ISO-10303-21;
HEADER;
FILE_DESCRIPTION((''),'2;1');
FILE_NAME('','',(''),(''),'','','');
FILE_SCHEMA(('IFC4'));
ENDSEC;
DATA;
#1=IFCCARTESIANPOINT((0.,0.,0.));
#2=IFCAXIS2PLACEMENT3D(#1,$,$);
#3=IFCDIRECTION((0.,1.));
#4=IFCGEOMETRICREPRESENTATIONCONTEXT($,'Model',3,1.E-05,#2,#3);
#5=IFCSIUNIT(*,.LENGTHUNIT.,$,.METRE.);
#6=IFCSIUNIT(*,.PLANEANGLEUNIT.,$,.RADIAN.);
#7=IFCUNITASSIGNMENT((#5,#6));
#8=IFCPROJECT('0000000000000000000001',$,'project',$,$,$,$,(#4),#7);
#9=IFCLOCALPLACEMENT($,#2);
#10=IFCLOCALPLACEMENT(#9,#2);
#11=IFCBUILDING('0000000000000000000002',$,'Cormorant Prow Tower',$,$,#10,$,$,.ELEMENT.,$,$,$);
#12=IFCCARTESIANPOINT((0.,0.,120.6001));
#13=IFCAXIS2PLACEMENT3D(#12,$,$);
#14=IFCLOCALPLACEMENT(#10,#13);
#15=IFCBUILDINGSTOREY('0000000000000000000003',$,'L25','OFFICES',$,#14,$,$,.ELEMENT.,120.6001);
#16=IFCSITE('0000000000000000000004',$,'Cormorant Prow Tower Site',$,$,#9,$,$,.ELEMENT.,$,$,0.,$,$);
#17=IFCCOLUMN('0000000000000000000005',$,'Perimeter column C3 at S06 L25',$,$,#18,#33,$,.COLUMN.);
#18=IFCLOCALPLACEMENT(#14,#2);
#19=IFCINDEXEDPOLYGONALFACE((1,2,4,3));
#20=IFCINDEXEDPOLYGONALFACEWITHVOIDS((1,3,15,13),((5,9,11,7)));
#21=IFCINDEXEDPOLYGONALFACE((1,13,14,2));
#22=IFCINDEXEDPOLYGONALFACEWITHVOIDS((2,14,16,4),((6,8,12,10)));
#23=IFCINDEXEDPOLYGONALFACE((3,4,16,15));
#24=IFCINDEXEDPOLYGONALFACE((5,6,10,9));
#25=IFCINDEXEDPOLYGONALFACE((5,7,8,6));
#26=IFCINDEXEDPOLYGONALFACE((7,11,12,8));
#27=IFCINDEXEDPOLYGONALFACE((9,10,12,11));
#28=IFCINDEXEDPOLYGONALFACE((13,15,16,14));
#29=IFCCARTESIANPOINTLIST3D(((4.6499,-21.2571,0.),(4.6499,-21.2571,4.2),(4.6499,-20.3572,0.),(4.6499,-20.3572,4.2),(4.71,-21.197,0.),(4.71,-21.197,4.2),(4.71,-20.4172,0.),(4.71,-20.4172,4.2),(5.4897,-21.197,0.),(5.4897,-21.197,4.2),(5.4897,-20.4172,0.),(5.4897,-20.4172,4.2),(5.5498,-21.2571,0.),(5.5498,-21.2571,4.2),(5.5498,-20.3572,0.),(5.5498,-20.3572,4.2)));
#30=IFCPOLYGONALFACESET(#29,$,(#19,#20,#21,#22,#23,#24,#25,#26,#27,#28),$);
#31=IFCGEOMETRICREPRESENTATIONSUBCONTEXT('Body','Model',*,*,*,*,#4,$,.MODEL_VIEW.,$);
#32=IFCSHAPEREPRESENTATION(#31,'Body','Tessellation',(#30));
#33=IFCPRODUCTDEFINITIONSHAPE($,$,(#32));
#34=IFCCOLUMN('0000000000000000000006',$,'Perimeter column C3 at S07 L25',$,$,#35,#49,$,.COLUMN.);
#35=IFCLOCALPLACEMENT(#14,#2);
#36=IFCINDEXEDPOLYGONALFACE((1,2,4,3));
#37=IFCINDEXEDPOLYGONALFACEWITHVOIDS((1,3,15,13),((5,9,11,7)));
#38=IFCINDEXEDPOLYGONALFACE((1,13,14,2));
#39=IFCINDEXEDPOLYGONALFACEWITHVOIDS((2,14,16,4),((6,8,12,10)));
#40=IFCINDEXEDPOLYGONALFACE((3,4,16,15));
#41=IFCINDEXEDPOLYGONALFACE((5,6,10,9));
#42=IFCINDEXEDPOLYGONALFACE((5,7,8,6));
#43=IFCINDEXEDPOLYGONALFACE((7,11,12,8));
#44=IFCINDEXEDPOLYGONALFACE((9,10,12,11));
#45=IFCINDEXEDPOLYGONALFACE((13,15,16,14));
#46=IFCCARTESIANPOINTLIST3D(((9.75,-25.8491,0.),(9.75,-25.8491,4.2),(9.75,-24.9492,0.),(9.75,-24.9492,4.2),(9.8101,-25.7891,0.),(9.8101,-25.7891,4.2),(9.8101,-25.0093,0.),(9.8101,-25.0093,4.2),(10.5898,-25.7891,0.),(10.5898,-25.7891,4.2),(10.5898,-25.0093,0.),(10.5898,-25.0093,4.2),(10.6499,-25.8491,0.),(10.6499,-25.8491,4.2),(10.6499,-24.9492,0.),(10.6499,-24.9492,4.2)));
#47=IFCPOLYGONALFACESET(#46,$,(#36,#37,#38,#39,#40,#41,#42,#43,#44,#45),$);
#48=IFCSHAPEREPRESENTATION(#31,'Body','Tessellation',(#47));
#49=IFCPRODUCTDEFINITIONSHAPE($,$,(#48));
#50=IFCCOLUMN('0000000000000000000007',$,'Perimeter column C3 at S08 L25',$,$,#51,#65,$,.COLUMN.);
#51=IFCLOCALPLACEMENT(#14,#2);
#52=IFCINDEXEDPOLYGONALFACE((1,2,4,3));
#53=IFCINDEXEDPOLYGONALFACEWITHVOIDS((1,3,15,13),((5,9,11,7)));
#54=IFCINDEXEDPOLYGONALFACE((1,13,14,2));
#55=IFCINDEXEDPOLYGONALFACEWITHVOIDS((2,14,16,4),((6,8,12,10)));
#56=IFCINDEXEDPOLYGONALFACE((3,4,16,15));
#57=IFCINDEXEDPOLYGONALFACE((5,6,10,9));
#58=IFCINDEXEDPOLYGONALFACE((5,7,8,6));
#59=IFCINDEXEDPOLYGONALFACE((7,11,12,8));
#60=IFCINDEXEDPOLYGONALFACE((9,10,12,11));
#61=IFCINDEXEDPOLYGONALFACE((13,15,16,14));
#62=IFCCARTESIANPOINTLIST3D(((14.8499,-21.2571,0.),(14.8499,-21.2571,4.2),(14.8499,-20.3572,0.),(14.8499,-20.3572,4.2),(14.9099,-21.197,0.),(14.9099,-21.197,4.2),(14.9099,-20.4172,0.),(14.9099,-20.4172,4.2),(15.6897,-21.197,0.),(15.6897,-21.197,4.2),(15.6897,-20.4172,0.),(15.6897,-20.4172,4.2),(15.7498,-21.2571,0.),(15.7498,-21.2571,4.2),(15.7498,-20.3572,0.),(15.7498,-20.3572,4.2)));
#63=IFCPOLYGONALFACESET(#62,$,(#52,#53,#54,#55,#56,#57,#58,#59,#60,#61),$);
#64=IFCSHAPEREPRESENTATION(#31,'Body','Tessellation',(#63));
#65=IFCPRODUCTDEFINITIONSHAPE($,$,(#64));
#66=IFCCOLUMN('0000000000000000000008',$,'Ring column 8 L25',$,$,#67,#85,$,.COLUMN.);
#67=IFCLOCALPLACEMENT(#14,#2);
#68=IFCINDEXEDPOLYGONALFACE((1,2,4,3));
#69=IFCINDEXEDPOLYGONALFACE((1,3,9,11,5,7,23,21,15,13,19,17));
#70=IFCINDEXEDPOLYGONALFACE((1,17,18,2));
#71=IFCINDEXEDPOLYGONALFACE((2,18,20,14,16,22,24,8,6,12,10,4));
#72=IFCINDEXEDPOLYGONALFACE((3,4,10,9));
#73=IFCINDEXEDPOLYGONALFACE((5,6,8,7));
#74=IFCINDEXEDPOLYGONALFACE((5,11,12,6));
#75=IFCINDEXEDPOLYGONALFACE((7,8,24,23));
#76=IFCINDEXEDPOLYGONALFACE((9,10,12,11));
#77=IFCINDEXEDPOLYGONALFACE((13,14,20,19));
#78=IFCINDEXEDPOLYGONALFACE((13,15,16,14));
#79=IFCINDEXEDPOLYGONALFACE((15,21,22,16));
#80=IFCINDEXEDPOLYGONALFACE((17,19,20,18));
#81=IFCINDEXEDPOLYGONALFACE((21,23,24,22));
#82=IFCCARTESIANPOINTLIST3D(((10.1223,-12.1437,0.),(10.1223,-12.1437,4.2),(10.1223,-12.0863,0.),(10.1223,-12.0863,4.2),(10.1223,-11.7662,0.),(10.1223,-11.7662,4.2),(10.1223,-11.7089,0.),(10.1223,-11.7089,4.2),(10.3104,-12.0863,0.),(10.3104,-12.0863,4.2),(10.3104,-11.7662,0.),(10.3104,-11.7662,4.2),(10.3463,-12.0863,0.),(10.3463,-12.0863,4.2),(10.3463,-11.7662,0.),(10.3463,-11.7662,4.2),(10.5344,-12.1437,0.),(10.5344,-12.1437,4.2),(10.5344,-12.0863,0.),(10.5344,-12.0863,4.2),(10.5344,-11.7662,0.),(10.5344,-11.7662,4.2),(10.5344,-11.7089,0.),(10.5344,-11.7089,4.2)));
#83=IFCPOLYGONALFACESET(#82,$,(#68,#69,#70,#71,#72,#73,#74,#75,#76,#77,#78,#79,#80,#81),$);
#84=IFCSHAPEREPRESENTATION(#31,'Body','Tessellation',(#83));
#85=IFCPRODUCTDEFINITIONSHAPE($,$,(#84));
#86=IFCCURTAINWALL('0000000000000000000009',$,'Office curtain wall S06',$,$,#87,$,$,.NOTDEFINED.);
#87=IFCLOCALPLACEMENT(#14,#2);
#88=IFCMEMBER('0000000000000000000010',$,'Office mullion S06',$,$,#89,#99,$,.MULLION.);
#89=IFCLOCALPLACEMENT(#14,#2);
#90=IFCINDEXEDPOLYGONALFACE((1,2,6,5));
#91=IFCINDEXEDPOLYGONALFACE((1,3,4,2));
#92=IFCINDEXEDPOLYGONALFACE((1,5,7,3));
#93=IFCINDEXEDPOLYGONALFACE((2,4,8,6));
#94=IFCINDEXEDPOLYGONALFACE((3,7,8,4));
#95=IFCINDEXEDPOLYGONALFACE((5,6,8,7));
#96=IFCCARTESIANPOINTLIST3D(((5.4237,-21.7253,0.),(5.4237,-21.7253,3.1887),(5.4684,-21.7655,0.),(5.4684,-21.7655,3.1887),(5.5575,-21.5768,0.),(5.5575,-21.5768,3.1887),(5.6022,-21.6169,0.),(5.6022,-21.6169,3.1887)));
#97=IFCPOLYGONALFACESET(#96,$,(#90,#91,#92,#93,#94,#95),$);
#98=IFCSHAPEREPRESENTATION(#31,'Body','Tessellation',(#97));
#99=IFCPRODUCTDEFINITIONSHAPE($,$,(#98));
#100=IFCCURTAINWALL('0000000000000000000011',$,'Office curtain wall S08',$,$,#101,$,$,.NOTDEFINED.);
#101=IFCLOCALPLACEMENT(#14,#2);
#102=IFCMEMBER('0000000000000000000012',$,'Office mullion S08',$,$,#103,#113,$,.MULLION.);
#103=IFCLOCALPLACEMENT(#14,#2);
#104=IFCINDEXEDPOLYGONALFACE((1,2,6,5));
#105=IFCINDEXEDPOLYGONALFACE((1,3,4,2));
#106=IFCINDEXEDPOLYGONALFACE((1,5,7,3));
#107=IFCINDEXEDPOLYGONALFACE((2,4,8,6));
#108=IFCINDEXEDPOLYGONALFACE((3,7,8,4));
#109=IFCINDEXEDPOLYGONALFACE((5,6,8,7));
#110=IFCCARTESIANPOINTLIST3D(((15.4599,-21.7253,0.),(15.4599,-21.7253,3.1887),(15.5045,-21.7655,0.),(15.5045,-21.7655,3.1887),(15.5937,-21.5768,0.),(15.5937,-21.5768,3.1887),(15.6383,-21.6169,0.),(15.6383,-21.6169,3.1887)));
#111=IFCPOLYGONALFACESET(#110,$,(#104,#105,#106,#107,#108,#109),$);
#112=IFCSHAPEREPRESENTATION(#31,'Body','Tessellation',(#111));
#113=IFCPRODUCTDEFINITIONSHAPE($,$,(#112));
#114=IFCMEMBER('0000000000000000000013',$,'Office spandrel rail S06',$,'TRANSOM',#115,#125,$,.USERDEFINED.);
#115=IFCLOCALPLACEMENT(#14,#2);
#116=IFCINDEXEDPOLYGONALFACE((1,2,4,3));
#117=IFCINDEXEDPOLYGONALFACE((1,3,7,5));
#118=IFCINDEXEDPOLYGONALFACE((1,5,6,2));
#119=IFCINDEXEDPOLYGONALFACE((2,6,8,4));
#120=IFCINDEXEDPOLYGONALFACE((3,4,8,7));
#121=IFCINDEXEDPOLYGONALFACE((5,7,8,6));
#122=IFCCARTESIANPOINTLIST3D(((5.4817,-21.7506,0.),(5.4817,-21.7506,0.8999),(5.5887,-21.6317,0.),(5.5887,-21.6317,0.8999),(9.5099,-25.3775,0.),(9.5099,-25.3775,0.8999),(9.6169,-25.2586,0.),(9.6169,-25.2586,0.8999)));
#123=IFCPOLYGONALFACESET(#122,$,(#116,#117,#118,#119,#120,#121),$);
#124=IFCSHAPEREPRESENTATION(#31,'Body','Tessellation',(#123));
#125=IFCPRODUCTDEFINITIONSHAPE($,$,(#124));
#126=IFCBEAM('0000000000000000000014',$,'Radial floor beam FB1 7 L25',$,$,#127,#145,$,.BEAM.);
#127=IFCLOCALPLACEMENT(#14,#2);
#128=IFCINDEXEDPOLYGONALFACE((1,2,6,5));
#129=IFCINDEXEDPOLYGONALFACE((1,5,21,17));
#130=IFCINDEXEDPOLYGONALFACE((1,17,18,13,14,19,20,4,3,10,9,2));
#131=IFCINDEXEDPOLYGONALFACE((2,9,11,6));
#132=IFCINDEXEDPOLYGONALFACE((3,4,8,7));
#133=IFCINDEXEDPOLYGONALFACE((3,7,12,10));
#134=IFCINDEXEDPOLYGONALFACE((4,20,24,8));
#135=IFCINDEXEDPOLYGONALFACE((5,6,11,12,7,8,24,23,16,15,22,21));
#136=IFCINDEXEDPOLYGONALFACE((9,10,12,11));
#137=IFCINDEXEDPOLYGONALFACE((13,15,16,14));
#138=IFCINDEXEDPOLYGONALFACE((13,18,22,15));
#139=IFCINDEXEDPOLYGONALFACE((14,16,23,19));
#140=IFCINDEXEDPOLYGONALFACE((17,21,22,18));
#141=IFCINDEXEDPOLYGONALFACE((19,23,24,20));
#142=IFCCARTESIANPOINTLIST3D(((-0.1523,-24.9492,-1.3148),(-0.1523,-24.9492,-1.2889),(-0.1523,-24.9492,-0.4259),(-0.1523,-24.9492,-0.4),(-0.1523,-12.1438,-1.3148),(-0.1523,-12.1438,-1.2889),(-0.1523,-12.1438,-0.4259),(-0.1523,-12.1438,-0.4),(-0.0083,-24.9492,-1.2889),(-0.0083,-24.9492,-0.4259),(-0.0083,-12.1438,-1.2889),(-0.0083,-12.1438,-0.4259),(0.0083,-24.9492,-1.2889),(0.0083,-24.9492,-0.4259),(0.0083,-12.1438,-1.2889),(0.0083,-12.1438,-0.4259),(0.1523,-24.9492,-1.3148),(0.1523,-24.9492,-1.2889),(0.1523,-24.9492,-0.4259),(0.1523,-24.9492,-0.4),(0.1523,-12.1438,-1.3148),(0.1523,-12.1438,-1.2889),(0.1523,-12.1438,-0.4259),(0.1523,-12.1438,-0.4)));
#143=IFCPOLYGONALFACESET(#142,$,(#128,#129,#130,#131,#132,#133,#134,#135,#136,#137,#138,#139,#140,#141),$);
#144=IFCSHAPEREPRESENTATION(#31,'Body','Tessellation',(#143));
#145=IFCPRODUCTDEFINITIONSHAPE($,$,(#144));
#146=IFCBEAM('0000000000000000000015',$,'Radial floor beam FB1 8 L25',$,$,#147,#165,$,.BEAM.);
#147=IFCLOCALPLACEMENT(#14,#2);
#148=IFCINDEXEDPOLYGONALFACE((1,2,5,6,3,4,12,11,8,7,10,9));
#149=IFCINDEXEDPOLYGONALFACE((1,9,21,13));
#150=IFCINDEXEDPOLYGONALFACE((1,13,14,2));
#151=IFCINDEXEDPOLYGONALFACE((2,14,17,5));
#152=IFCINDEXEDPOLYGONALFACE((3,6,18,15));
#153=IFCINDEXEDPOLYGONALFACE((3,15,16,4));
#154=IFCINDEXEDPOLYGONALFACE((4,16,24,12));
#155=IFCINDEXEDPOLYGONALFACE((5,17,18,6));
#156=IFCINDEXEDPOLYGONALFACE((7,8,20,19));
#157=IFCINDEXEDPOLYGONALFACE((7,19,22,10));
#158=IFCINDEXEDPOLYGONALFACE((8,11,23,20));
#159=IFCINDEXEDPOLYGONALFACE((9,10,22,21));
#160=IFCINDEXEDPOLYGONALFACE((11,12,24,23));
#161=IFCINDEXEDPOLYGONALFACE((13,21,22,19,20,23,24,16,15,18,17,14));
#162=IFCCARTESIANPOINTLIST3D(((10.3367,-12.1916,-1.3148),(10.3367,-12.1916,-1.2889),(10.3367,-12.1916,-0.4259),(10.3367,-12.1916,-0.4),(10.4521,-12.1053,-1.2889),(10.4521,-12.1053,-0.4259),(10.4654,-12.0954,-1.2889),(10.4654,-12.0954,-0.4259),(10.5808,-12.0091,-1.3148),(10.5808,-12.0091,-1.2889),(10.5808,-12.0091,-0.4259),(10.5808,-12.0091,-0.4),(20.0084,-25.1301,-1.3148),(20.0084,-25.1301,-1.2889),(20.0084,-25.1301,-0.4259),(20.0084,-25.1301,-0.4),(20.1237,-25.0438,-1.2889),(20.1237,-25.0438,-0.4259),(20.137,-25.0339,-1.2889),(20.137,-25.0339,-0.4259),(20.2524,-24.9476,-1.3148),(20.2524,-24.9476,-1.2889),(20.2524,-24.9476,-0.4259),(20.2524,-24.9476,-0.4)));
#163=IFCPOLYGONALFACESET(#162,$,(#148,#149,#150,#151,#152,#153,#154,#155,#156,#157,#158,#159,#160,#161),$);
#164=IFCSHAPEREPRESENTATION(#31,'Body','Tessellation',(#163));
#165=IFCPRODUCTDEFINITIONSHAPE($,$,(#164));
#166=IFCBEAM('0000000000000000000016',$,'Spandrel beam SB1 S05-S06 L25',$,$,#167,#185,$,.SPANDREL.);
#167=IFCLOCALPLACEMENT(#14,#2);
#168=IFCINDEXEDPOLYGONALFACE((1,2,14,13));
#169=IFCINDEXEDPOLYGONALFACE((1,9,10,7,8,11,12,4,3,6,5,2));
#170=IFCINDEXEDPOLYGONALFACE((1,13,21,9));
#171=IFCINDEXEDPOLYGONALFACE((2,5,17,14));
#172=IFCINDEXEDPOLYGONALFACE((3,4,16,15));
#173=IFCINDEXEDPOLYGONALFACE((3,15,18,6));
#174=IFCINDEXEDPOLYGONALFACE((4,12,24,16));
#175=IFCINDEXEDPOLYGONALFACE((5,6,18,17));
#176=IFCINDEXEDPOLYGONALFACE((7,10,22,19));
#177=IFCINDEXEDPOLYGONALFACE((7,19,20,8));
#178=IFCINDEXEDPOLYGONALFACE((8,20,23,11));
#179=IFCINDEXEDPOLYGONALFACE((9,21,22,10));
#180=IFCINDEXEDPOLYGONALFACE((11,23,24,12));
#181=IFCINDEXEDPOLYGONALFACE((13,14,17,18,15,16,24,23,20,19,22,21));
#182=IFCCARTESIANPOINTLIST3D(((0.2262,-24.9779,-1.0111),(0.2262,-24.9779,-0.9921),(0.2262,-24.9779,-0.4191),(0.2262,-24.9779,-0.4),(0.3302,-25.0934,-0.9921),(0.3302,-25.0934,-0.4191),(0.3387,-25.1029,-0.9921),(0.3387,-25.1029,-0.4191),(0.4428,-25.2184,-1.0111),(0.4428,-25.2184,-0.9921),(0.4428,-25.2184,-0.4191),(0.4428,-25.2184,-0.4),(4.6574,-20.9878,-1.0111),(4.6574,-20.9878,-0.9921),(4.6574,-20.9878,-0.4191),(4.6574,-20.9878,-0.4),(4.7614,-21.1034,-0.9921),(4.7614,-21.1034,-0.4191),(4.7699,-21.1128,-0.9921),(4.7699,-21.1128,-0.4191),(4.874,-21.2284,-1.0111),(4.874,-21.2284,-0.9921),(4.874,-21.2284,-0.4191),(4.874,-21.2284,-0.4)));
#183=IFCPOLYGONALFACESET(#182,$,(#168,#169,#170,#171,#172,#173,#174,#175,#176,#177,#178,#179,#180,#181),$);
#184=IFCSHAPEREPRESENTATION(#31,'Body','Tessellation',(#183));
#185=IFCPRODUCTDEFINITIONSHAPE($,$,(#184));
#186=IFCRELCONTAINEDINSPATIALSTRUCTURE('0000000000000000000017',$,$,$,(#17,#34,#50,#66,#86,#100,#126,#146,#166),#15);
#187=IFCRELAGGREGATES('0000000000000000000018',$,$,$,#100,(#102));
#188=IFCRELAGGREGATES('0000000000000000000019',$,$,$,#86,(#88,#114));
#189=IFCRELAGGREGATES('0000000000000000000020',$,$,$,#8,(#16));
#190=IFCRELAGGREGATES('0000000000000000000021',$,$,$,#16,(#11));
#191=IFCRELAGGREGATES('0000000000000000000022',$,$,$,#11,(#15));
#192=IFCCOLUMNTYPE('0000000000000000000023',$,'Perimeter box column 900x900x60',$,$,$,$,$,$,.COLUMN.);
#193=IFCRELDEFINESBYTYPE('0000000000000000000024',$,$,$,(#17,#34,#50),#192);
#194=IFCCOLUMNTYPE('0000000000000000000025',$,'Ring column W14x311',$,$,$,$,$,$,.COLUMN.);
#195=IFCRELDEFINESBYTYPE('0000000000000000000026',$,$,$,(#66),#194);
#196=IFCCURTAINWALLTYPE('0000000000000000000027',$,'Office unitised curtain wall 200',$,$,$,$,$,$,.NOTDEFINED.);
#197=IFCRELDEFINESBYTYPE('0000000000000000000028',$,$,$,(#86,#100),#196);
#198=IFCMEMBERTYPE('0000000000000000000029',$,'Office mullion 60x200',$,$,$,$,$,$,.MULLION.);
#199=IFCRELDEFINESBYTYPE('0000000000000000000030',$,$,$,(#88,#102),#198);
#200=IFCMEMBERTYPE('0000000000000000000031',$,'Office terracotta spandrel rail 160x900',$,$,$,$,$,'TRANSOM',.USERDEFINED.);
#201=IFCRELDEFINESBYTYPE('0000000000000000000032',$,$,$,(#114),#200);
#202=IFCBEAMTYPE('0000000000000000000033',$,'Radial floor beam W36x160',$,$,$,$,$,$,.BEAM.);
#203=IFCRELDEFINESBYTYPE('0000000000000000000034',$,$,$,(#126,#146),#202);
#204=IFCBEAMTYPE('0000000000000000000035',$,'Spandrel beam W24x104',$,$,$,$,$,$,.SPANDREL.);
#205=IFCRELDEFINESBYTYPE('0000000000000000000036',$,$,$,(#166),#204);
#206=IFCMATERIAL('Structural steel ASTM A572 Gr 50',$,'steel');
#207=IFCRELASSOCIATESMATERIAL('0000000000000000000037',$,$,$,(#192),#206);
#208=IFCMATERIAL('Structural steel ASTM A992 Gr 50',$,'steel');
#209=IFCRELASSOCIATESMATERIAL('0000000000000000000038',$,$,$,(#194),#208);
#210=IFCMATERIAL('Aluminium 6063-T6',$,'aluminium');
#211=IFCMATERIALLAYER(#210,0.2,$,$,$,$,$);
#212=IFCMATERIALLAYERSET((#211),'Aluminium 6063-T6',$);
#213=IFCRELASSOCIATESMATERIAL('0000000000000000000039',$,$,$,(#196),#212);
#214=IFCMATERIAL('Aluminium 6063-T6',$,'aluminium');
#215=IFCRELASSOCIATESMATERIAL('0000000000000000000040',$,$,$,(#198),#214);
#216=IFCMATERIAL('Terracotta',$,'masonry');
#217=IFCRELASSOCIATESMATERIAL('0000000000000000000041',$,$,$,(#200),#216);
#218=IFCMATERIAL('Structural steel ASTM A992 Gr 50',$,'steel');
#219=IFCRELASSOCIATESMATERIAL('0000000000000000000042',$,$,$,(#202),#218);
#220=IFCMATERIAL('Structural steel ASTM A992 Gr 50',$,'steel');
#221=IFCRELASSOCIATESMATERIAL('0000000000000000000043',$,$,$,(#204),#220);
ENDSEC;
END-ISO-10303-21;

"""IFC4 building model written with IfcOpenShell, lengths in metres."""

from ifc_helpers import new_model, si_unit, direction, frame, origin, origin_2d, place, context, subcontext, project, spatial, rectangle, hollow_rectangle, i_section, extrude, material, layer, layer_set, material_profile, profile_set, type_object, element, aggregate, save


model = new_model("IFC4")

# Units and contexts
model_context = context("Model", 3, precision=1e-05, world=origin(), true_north=direction((0.0, 1.0)))
body_context = subcontext(model_context, "Body", "Model", "MODEL_VIEW")
ifc_project = project(units=[si_unit("LENGTHUNIT", "METRE"), si_unit("PLANEANGLEUNIT", "RADIAN")], contexts=[model_context])

# Site, building, storey
site_placement = place(None, origin())
site = spatial("IfcSite", under=ifc_project, at=site_placement, Name="Cormorant Prow Tower Site", CompositionType="ELEMENT", RefElevation=0.0)
building_placement = place(site_placement, origin())
building = spatial("IfcBuilding", under=site, at=building_placement, Name="Cormorant Prow Tower", CompositionType="ELEMENT")
storey_placement = place(building_placement, frame((0.0, 0.0, 120.6001)))
storey = spatial("IfcBuildingStorey", under=building, at=storey_placement, Name="L25", Description="OFFICES", CompositionType="ELEMENT", Elevation=120.6001)

# Columns
ifc_material_1 = material(Name="Structural steel ASTM A572 Gr 50", Category="steel")
ifc_material_profile_1 = material_profile(ifc_material_1, hollow_rectangle(XDim=0.8999, YDim=0.8999, WallThickness=0.0601, at=origin_2d()), Name="Box 900x900x60")
ifc_profile_set_1 = profile_set([ifc_material_profile_1], Name="Structural steel ASTM A572 Gr 50")
column_type_1 = type_object("IfcColumnType", Name="Perimeter box column 900x900x60", PredefinedType="COLUMN", material=ifc_profile_set_1)
for number, where, z_axis, x_axis, name in (
    (1, (5.0999, -20.8071, 0.0), (0.0, 0.0, 1.0), (1.0, 0.0, 0.0), "Perimeter column C3 at S06 L25"),
    (2, (10.2, -25.3992, 0.0), (0.0, 0.0, 1.0), (1.0, 0.0, 0.0), "Perimeter column C3 at S07 L25"),
    (3, (15.2998, -20.8071, 0.0), (0.0, 0.0, 1.0), (1.0, 0.0, 0.0), "Perimeter column C3 at S08 L25"),
):
    element("IfcColumn", number, at=place(storey_placement, frame(where, z_axis=z_axis, x_axis=x_axis)), inside=storey, type_object=column_type_1, Name=name, PredefinedType="COLUMN", context=body_context, shape_type="SweptSolid", body=[
        extrude(hollow_rectangle(XDim=0.8999, YDim=0.8999, WallThickness=0.0601, at=origin_2d()), origin(), (0.0, 0.0, 1.0), 4.2),
    ])
ifc_material_2 = material(Name="Structural steel ASTM A992 Gr 50", Category="steel")
ifc_material_profile_2 = material_profile(ifc_material_2, i_section(OverallWidth=0.4121, OverallDepth=0.4348, WebThickness=0.0359, FlangeThickness=0.0574, at=origin_2d()), Name="W14x311")
ifc_profile_set_2 = profile_set([ifc_material_profile_2], Name="Structural steel ASTM A992 Gr 50")
column_type_2 = type_object("IfcColumnType", Name="Ring column W14x311", PredefinedType="COLUMN", material=ifc_profile_set_2)
column_placement = place(storey_placement, frame((10.3284, -11.9263, 0.0), z_axis=(0.0, 0.0, 1.0), x_axis=(1.0, 0.0, 0.0)))
element("IfcColumn", 4, at=column_placement, inside=storey, type_object=column_type_2, Name="Ring column 8 L25", PredefinedType="COLUMN", context=body_context, shape_type="SweptSolid", body=[
    extrude(i_section(OverallWidth=0.4121, OverallDepth=0.4348, WebThickness=0.0359, FlangeThickness=0.0574, at=origin_2d()), origin(), (0.0, 0.0, 1.0), 4.2),
])

# Curtain walls, members
ifc_material_3 = material(Name="Aluminium 6063-T6", Category="aluminium")
ifc_layer_1 = layer(ifc_material_3, 0.2)
ifc_layer_set_1 = layer_set([ifc_layer_1], Name="Aluminium 6063-T6")
curtain_wall_type = type_object("IfcCurtainWallType", Name="Office unitised curtain wall 200", PredefinedType="NOTDEFINED", material=ifc_layer_set_1)
curtain_wall_1_placement = place(storey_placement, origin())
curtain_wall_1 = element("IfcCurtainWall", 5, at=curtain_wall_1_placement, inside=storey, type_object=curtain_wall_type, Name="Office curtain wall S06", PredefinedType="NOTDEFINED")
ifc_material_4 = material(Name="Aluminium 6063-T6", Category="aluminium")
ifc_material_profile_3 = material_profile(ifc_material_4, rectangle(XDim=0.2, YDim=0.0601, at=origin_2d()), Name="Office mullion 60x200")
ifc_profile_set_3 = profile_set([ifc_material_profile_3], Name="Aluminium 6063-T6")
member_type_1 = type_object("IfcMemberType", Name="Office mullion 60x200", PredefinedType="MULLION", material=ifc_profile_set_3)
member_1_placement = place(storey_placement, frame((5.5129, -21.6711, 0.0), z_axis=(0.0, 0.0, 1.0), x_axis=(0.669131, 0.743145, 0.0)))
member_1 = element("IfcMember", 6, at=member_1_placement, type_object=member_type_1, Name="Office mullion S06", PredefinedType="MULLION", context=body_context, shape_type="SweptSolid", body=[
    extrude(rectangle(XDim=0.2, YDim=0.0601, at=origin_2d()), origin(), (0.0, 0.0, 1.0), 3.1887),
])
curtain_wall_2_placement = place(storey_placement, origin())
curtain_wall_2 = element("IfcCurtainWall", 7, at=curtain_wall_2_placement, inside=storey, type_object=curtain_wall_type, Name="Office curtain wall S08", PredefinedType="NOTDEFINED")
member_2_placement = place(storey_placement, frame((15.5491, -21.6711, 0.0), z_axis=(0.0, 0.0, 1.0), x_axis=(0.669131, 0.743145, 0.0)))
member_2 = element("IfcMember", 8, at=member_2_placement, type_object=member_type_1, Name="Office mullion S08", PredefinedType="MULLION", context=body_context, shape_type="SweptSolid", body=[
    extrude(rectangle(XDim=0.2, YDim=0.0601, at=origin_2d()), origin(), (0.0, 0.0, 1.0), 3.1887),
])
aggregate(curtain_wall_2, [member_2])

# Member
ifc_material_5 = material(Name="Terracotta", Category="masonry")
ifc_material_profile_4 = material_profile(ifc_material_5, rectangle(XDim=0.1599, YDim=0.8999, at=origin_2d()), Name="Office terracotta spandrel rail 160x900")
ifc_profile_set_4 = profile_set([ifc_material_profile_4], Name="Terracotta")
member_type_2 = type_object("IfcMemberType", Name="Office terracotta spandrel rail 160x900", ElementType="TRANSOM", PredefinedType="USERDEFINED", material=ifc_profile_set_4)
member_3_placement = place(storey_placement, frame((5.5352, -21.6912, 0.45), z_axis=(0.74316, -0.669114, 0.0), x_axis=(0.669114, 0.74316, 0.0)))
member_3 = element("IfcMember", 9, at=member_3_placement, type_object=member_type_2, Name="Office spandrel rail S06", ObjectType="TRANSOM", PredefinedType="USERDEFINED", context=body_context, shape_type="SweptSolid", body=[
    extrude(rectangle(XDim=0.1599, YDim=0.8999, at=origin_2d()), origin(), (0.0, 0.0, 1.0), 5.4204),
])

# Beams
ifc_material_6 = material(Name="Structural steel ASTM A992 Gr 50", Category="steel")
ifc_material_profile_5 = material_profile(ifc_material_6, i_section(OverallWidth=0.3047, OverallDepth=0.9148, WebThickness=0.0166, FlangeThickness=0.0259, at=origin_2d()), Name="W36x160")
ifc_profile_set_5 = profile_set([ifc_material_profile_5], Name="Structural steel ASTM A992 Gr 50")
beam_type_1 = type_object("IfcBeamType", Name="Radial floor beam W36x160", PredefinedType="BEAM", material=ifc_profile_set_5)
beam_1_placement = place(storey_placement, frame((0.0, -12.1438, -0.8574), z_axis=(0.0, -1.0, 0.0), x_axis=(1.0, 0.0, 0.0)))
element("IfcBeam", 10, at=beam_1_placement, inside=storey, type_object=beam_type_1, Name="Radial floor beam FB1 7 L25", PredefinedType="BEAM", context=body_context, shape_type="SweptSolid", body=[
    extrude(i_section(OverallWidth=0.3047, OverallDepth=0.9148, WebThickness=0.0166, FlangeThickness=0.0259, at=origin_2d()), origin(), (0.0, 0.0, 1.0), 12.8054),
])
beam_2_placement = place(storey_placement, frame((10.4587, -12.1003, -0.8574), z_axis=(0.598722, -0.800957, 0.0), x_axis=(0.800957, 0.598722, 0.0)))
element("IfcBeam", 11, at=beam_2_placement, inside=storey, type_object=beam_type_1, Name="Radial floor beam FB1 8 L25", PredefinedType="BEAM", context=body_context, shape_type="SweptSolid", body=[
    extrude(i_section(OverallWidth=0.3047, OverallDepth=0.9148, WebThickness=0.0166, FlangeThickness=0.0259, at=origin_2d()), origin(), (0.0, 0.0, 1.0), 16.1538),
])
ifc_material_7 = material(Name="Structural steel ASTM A992 Gr 50", Category="steel")
ifc_material_profile_6 = material_profile(ifc_material_7, i_section(OverallWidth=0.3237, OverallDepth=0.6111, WebThickness=0.0127, FlangeThickness=0.019, at=origin_2d()), Name="W24x104")
ifc_profile_set_6 = profile_set([ifc_material_profile_6], Name="Structural steel ASTM A992 Gr 50")
beam_type_2 = type_object("IfcBeamType", Name="Spandrel beam W24x104", PredefinedType="SPANDREL", material=ifc_profile_set_6)
for number, where, z_axis, x_axis, name in (
    (12, (0.3345, -25.0981, -0.7056), (0.743131, 0.669146, 0.0), (-0.669146, 0.743131, 0.0), "Spandrel beam SB1 S05-S06 L25"),
):
    element("IfcBeam", number, at=place(storey_placement, frame(where, z_axis=z_axis, x_axis=x_axis)), inside=storey, type_object=beam_type_2, Name=name, PredefinedType="SPANDREL", context=body_context, shape_type="SweptSolid", body=[
        extrude(i_section(OverallWidth=0.3237, OverallDepth=0.6111, WebThickness=0.0127, FlangeThickness=0.019, at=origin_2d()), origin(), (0.0, 0.0, 1.0), 5.9629),
    ])

aggregate(curtain_wall_1, [member_1, member_3])

save(model, "model.ifc")
